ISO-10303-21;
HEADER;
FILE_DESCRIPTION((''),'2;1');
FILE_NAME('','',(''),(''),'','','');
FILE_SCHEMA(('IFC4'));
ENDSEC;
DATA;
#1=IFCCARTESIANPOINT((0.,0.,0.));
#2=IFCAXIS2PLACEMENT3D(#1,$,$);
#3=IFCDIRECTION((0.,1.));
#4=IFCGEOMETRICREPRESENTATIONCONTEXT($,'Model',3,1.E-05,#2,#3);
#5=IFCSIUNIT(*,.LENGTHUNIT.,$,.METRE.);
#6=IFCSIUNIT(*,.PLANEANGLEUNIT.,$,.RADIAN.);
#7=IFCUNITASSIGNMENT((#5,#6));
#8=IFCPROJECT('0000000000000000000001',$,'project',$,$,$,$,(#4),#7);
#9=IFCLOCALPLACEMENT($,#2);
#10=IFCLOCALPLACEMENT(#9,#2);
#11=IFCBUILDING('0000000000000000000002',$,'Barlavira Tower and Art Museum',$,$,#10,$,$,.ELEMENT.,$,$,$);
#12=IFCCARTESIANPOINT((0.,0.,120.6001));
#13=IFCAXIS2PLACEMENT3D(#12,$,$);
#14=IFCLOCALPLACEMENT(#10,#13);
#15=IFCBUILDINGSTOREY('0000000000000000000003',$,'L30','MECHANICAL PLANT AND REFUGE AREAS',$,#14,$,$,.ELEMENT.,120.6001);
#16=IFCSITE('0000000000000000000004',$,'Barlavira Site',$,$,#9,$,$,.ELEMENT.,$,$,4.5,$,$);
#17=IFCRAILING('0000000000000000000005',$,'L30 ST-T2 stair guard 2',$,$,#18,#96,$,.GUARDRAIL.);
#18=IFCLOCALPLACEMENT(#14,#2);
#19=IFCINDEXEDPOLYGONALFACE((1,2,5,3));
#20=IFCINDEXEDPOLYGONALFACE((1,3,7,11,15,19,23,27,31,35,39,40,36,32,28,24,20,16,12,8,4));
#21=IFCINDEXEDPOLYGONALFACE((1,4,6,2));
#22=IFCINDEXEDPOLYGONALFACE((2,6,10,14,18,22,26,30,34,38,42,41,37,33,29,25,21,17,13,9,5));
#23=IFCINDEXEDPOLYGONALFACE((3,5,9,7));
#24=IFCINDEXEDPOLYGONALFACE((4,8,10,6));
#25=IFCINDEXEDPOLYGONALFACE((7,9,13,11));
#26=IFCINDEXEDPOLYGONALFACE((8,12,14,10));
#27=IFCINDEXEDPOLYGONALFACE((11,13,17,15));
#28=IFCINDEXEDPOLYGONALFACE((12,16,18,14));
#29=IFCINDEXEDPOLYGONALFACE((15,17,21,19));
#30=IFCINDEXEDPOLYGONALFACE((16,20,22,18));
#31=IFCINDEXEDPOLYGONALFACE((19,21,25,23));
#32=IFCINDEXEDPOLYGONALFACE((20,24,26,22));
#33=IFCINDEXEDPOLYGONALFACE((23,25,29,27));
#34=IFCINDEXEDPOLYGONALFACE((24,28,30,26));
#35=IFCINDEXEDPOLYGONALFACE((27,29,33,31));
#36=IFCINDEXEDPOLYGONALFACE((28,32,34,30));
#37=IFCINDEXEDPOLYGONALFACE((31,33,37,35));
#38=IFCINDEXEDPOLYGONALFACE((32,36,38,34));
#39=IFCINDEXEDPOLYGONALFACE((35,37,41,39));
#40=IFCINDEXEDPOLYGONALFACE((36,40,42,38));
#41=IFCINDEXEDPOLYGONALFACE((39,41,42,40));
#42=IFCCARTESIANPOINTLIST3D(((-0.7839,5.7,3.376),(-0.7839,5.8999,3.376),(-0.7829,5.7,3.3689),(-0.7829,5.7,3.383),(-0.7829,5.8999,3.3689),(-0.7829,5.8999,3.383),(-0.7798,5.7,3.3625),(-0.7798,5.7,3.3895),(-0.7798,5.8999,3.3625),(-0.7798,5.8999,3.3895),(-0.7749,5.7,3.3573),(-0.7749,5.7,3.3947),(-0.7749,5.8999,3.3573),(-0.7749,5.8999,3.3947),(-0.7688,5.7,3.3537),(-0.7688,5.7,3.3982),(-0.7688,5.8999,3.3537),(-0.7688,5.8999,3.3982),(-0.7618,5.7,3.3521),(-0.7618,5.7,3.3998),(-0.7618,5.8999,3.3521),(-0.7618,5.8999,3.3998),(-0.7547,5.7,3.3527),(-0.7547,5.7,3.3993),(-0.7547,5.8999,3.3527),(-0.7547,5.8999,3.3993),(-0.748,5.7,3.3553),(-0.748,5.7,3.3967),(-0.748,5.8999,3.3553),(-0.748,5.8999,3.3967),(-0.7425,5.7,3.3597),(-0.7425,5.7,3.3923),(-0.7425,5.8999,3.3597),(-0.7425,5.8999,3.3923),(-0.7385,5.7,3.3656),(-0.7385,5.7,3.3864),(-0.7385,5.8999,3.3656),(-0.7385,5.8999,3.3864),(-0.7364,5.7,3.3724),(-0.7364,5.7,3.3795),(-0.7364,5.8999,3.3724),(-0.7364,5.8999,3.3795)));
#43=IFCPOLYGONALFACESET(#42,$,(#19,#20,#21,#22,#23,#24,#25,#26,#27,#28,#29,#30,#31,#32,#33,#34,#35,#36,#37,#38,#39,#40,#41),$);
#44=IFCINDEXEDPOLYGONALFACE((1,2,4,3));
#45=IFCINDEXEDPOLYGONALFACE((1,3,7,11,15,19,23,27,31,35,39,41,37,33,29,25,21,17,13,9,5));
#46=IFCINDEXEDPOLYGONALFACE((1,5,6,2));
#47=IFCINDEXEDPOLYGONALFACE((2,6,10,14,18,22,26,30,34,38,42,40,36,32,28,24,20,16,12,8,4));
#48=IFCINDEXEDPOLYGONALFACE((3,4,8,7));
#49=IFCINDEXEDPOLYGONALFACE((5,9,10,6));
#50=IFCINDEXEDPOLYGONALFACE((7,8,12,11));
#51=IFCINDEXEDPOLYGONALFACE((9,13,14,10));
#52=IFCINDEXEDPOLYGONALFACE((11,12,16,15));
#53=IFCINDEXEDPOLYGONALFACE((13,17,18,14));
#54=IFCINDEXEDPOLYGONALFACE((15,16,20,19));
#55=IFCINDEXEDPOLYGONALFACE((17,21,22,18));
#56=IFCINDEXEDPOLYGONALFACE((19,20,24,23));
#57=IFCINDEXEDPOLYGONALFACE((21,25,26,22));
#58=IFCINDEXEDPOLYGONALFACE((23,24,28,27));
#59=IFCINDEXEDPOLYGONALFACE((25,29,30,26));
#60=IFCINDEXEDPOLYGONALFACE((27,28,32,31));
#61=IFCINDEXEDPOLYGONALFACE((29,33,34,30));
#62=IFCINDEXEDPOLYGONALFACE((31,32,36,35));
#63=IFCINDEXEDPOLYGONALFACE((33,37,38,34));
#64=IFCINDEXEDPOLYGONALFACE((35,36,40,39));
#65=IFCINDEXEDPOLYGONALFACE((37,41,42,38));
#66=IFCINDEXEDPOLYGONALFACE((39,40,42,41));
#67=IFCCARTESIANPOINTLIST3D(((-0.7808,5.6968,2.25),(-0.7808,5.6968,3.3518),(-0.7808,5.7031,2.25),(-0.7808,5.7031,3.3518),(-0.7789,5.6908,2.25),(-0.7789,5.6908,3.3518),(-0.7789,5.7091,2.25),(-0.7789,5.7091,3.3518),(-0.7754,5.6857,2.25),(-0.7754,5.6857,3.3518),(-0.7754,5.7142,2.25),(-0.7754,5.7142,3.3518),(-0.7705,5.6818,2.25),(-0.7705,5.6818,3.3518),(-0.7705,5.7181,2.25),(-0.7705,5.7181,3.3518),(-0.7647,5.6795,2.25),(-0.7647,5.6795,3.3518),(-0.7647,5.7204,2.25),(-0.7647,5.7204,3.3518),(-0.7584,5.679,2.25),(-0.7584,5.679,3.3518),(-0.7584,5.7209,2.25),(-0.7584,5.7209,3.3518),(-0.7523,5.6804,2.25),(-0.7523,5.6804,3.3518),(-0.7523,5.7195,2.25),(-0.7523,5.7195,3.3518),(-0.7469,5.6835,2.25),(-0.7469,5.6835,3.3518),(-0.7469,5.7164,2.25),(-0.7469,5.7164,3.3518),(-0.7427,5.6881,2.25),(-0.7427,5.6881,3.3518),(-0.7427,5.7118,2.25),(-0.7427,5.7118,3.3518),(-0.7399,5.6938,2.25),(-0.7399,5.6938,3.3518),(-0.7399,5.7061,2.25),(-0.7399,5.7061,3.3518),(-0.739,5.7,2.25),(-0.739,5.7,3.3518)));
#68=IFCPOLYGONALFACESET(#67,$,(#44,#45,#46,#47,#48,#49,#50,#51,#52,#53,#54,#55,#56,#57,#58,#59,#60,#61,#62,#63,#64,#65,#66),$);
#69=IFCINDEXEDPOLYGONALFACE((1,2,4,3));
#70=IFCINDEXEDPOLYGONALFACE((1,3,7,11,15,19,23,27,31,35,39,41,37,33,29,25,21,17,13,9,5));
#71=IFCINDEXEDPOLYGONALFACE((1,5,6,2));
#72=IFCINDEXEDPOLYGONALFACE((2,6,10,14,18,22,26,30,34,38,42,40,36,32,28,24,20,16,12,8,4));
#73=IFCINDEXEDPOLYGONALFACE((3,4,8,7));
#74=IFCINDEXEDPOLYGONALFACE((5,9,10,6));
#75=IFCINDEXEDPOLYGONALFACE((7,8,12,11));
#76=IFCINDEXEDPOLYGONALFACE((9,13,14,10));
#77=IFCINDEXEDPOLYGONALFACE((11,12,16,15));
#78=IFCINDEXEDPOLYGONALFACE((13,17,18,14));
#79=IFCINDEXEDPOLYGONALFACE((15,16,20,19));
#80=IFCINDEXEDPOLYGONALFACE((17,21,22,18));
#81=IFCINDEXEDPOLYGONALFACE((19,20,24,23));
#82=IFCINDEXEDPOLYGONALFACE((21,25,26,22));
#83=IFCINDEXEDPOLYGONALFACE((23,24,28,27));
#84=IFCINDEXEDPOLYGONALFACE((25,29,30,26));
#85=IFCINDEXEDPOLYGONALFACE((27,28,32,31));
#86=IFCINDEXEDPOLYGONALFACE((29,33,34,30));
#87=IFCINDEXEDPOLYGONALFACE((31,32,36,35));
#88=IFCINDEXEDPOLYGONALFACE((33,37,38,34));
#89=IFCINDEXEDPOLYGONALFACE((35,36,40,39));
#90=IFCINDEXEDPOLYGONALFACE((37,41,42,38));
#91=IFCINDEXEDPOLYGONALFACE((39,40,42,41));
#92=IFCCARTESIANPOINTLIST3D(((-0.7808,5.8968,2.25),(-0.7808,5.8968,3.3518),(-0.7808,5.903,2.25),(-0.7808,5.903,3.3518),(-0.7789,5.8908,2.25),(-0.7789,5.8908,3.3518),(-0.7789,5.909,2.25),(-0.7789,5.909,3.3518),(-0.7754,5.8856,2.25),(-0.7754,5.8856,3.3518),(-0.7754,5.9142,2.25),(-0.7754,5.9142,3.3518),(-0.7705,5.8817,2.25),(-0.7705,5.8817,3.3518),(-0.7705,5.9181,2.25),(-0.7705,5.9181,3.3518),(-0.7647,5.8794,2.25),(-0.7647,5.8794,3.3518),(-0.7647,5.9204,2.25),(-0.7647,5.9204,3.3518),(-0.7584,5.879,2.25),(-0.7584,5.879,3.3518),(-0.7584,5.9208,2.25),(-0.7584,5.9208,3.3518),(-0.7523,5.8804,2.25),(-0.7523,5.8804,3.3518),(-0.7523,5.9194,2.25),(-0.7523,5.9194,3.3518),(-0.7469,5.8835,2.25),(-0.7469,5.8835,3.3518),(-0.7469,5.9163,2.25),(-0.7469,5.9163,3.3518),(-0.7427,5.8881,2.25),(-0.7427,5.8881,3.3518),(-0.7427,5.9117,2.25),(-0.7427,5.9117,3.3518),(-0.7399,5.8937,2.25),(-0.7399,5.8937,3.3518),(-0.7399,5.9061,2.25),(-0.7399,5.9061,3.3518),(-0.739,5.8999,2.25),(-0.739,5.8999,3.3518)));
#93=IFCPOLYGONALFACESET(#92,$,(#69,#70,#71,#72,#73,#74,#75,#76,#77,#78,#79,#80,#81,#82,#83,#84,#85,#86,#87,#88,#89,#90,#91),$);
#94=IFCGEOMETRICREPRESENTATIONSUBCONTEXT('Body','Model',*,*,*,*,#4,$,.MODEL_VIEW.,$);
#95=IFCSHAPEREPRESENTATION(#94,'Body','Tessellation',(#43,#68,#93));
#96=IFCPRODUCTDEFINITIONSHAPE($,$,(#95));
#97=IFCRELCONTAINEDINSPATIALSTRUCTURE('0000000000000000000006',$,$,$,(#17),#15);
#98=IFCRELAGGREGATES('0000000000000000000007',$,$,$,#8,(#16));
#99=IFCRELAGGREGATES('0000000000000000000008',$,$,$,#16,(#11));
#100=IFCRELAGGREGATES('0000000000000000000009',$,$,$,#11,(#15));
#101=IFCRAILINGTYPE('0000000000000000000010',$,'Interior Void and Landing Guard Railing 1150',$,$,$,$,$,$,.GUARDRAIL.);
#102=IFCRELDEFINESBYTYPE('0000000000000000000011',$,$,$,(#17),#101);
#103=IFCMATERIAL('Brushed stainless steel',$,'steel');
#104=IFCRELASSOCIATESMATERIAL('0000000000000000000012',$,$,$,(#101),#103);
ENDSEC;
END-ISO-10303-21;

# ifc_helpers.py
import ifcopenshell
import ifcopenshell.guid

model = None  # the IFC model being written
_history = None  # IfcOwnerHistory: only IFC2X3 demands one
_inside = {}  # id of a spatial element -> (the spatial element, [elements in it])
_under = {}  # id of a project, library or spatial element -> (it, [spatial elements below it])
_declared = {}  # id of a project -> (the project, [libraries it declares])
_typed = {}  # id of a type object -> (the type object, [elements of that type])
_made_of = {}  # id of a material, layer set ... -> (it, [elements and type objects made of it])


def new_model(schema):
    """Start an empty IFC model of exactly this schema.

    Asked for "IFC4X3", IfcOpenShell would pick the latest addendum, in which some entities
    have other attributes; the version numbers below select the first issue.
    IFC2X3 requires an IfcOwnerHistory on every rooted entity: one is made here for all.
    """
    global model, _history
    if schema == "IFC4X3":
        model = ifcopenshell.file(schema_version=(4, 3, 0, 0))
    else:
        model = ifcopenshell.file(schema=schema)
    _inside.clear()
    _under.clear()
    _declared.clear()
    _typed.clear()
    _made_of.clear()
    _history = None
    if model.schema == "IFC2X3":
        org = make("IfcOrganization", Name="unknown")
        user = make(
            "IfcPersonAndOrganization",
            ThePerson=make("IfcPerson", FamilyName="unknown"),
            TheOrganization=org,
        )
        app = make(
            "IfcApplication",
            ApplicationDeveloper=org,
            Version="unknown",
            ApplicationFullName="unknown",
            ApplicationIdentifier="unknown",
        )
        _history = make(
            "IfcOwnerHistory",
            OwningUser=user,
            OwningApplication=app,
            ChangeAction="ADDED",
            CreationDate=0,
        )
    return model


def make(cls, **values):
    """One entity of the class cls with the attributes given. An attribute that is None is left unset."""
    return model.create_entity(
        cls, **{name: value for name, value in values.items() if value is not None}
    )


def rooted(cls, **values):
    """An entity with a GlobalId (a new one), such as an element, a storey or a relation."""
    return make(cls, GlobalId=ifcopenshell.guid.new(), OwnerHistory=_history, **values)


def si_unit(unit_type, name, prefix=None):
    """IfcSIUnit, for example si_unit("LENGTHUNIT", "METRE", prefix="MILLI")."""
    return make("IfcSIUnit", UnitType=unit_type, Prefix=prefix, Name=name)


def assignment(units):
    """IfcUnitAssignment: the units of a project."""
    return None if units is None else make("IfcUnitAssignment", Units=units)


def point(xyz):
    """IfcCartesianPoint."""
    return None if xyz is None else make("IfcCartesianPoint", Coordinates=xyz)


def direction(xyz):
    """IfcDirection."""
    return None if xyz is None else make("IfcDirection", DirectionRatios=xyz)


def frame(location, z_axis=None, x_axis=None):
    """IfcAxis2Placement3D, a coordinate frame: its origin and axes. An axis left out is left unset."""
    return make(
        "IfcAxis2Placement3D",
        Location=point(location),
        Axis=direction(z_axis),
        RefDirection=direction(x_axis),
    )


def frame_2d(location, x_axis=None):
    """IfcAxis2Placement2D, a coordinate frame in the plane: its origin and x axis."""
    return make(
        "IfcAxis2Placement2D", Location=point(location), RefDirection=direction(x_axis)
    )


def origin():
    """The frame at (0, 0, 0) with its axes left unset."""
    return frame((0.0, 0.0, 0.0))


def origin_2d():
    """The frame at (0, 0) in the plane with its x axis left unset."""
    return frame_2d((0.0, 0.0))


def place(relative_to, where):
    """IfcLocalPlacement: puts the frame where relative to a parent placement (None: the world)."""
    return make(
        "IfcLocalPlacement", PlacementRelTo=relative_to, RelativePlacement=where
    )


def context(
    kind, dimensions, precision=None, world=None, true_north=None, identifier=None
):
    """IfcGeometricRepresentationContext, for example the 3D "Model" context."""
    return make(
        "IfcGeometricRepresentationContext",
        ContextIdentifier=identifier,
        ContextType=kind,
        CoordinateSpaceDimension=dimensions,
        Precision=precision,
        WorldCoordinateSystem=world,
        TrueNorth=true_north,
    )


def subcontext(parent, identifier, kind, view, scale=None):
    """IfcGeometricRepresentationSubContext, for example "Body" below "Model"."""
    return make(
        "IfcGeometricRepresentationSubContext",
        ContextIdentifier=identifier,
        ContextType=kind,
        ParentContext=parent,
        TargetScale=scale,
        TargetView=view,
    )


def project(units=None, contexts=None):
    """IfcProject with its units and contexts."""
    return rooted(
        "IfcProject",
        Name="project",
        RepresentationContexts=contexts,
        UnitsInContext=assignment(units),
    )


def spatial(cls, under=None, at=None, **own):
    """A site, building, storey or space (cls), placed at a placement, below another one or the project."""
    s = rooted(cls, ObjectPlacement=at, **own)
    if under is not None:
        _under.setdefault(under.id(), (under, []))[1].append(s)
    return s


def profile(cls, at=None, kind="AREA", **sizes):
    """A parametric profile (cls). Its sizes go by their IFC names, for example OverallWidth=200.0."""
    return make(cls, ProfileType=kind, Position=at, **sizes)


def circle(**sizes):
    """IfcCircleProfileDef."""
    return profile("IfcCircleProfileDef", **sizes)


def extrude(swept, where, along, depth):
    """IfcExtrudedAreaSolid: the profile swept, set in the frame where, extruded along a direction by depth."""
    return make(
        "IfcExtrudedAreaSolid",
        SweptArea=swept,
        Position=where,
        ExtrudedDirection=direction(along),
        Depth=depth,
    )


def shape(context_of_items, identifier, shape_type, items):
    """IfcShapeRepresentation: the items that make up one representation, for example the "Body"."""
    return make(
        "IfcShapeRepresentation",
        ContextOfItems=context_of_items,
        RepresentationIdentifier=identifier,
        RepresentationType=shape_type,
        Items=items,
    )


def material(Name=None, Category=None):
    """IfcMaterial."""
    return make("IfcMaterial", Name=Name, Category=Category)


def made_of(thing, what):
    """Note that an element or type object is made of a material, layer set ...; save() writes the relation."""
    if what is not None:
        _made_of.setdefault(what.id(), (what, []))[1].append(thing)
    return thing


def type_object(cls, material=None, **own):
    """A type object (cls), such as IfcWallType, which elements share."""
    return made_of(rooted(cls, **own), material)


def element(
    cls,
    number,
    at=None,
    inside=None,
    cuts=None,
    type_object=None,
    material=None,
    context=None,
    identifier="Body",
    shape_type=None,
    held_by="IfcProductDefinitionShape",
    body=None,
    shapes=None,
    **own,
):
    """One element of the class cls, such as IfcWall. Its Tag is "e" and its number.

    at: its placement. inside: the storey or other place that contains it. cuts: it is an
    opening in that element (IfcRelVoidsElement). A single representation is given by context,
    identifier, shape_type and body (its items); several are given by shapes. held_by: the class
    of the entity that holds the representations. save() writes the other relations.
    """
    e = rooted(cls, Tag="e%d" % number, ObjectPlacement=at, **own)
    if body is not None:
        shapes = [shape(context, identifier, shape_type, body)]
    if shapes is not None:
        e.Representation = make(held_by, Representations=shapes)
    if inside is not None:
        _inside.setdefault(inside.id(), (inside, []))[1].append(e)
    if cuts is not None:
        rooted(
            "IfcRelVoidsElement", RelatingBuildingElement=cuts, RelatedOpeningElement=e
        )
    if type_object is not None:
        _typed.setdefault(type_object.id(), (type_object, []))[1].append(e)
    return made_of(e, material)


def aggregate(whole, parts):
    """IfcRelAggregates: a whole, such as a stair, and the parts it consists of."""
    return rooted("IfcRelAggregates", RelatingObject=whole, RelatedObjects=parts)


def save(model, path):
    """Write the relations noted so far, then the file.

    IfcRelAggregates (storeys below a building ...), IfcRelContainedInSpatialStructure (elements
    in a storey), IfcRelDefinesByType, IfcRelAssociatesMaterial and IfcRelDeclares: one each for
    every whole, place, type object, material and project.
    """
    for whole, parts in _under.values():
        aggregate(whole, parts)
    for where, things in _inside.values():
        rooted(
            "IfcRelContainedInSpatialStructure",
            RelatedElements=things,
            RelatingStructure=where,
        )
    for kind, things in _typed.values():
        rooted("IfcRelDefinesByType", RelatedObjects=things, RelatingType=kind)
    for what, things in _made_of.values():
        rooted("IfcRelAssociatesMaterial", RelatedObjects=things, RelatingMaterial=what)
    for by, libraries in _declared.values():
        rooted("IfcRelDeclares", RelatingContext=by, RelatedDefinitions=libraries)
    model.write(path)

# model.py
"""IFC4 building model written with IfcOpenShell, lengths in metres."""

from ifc_helpers import new_model, si_unit, direction, frame, origin, origin_2d, place, context, subcontext, project, spatial, circle, extrude, material, type_object, element, save


model = new_model("IFC4")

# Units and contexts
model_context = context("Model", 3, precision=1e-05, world=origin(), true_north=direction((0.0, 1.0)))
body_context = subcontext(model_context, "Body", "Model", "MODEL_VIEW")
ifc_project = project(units=[si_unit("LENGTHUNIT", "METRE"), si_unit("PLANEANGLEUNIT", "RADIAN")], contexts=[model_context])

# Site, building, storey
site_placement = place(None, origin())
site = spatial("IfcSite", under=ifc_project, at=site_placement, Name="Barlavira Site", CompositionType="ELEMENT", RefElevation=4.5)
building_placement = place(site_placement, origin())
building = spatial("IfcBuilding", under=site, at=building_placement, Name="Barlavira Tower and Art Museum", CompositionType="ELEMENT")
storey_placement = place(building_placement, frame((0.0, 0.0, 120.6001)))
storey = spatial("IfcBuildingStorey", under=building, at=storey_placement, Name="L30", Description="MECHANICAL PLANT AND REFUGE AREAS", CompositionType="ELEMENT", Elevation=120.6001)

# Shared definitions
ifc_material_1 = material(Name="Brushed stainless steel", Category="steel")

# Railing
railing_type_1 = type_object("IfcRailingType", Name="Interior Void and Landing Guard Railing 1150", PredefinedType="GUARDRAIL", material=ifc_material_1)
railing_1_placement = place(storey_placement, frame((-0.76, 5.7, 2.25)))
element("IfcRailing", 1, at=railing_1_placement, inside=storey, type_object=railing_type_1, Name="L30 ST-T2 stair guard 2", PredefinedType="GUARDRAIL", context=body_context, shape_type="SweptSolid", body=[
    extrude(circle(Radius=0.0239, at=origin_2d()), frame((0.0, 0.0, 1.126), z_axis=(0.0, 1.0, 0.0), x_axis=(-1.0, 0.0, 0.0)), (0.0, 0.0, 1.0), 0.2),
    extrude(circle(Radius=0.021, at=origin_2d()), origin(), (0.0, 0.0, 1.0), 1.1018),
    extrude(circle(Radius=0.021, at=origin_2d()), frame((0.0, 0.2, 0.0)), (0.0, 0.0, 1.0), 1.1018),
])

save(model, "model.ifc")
